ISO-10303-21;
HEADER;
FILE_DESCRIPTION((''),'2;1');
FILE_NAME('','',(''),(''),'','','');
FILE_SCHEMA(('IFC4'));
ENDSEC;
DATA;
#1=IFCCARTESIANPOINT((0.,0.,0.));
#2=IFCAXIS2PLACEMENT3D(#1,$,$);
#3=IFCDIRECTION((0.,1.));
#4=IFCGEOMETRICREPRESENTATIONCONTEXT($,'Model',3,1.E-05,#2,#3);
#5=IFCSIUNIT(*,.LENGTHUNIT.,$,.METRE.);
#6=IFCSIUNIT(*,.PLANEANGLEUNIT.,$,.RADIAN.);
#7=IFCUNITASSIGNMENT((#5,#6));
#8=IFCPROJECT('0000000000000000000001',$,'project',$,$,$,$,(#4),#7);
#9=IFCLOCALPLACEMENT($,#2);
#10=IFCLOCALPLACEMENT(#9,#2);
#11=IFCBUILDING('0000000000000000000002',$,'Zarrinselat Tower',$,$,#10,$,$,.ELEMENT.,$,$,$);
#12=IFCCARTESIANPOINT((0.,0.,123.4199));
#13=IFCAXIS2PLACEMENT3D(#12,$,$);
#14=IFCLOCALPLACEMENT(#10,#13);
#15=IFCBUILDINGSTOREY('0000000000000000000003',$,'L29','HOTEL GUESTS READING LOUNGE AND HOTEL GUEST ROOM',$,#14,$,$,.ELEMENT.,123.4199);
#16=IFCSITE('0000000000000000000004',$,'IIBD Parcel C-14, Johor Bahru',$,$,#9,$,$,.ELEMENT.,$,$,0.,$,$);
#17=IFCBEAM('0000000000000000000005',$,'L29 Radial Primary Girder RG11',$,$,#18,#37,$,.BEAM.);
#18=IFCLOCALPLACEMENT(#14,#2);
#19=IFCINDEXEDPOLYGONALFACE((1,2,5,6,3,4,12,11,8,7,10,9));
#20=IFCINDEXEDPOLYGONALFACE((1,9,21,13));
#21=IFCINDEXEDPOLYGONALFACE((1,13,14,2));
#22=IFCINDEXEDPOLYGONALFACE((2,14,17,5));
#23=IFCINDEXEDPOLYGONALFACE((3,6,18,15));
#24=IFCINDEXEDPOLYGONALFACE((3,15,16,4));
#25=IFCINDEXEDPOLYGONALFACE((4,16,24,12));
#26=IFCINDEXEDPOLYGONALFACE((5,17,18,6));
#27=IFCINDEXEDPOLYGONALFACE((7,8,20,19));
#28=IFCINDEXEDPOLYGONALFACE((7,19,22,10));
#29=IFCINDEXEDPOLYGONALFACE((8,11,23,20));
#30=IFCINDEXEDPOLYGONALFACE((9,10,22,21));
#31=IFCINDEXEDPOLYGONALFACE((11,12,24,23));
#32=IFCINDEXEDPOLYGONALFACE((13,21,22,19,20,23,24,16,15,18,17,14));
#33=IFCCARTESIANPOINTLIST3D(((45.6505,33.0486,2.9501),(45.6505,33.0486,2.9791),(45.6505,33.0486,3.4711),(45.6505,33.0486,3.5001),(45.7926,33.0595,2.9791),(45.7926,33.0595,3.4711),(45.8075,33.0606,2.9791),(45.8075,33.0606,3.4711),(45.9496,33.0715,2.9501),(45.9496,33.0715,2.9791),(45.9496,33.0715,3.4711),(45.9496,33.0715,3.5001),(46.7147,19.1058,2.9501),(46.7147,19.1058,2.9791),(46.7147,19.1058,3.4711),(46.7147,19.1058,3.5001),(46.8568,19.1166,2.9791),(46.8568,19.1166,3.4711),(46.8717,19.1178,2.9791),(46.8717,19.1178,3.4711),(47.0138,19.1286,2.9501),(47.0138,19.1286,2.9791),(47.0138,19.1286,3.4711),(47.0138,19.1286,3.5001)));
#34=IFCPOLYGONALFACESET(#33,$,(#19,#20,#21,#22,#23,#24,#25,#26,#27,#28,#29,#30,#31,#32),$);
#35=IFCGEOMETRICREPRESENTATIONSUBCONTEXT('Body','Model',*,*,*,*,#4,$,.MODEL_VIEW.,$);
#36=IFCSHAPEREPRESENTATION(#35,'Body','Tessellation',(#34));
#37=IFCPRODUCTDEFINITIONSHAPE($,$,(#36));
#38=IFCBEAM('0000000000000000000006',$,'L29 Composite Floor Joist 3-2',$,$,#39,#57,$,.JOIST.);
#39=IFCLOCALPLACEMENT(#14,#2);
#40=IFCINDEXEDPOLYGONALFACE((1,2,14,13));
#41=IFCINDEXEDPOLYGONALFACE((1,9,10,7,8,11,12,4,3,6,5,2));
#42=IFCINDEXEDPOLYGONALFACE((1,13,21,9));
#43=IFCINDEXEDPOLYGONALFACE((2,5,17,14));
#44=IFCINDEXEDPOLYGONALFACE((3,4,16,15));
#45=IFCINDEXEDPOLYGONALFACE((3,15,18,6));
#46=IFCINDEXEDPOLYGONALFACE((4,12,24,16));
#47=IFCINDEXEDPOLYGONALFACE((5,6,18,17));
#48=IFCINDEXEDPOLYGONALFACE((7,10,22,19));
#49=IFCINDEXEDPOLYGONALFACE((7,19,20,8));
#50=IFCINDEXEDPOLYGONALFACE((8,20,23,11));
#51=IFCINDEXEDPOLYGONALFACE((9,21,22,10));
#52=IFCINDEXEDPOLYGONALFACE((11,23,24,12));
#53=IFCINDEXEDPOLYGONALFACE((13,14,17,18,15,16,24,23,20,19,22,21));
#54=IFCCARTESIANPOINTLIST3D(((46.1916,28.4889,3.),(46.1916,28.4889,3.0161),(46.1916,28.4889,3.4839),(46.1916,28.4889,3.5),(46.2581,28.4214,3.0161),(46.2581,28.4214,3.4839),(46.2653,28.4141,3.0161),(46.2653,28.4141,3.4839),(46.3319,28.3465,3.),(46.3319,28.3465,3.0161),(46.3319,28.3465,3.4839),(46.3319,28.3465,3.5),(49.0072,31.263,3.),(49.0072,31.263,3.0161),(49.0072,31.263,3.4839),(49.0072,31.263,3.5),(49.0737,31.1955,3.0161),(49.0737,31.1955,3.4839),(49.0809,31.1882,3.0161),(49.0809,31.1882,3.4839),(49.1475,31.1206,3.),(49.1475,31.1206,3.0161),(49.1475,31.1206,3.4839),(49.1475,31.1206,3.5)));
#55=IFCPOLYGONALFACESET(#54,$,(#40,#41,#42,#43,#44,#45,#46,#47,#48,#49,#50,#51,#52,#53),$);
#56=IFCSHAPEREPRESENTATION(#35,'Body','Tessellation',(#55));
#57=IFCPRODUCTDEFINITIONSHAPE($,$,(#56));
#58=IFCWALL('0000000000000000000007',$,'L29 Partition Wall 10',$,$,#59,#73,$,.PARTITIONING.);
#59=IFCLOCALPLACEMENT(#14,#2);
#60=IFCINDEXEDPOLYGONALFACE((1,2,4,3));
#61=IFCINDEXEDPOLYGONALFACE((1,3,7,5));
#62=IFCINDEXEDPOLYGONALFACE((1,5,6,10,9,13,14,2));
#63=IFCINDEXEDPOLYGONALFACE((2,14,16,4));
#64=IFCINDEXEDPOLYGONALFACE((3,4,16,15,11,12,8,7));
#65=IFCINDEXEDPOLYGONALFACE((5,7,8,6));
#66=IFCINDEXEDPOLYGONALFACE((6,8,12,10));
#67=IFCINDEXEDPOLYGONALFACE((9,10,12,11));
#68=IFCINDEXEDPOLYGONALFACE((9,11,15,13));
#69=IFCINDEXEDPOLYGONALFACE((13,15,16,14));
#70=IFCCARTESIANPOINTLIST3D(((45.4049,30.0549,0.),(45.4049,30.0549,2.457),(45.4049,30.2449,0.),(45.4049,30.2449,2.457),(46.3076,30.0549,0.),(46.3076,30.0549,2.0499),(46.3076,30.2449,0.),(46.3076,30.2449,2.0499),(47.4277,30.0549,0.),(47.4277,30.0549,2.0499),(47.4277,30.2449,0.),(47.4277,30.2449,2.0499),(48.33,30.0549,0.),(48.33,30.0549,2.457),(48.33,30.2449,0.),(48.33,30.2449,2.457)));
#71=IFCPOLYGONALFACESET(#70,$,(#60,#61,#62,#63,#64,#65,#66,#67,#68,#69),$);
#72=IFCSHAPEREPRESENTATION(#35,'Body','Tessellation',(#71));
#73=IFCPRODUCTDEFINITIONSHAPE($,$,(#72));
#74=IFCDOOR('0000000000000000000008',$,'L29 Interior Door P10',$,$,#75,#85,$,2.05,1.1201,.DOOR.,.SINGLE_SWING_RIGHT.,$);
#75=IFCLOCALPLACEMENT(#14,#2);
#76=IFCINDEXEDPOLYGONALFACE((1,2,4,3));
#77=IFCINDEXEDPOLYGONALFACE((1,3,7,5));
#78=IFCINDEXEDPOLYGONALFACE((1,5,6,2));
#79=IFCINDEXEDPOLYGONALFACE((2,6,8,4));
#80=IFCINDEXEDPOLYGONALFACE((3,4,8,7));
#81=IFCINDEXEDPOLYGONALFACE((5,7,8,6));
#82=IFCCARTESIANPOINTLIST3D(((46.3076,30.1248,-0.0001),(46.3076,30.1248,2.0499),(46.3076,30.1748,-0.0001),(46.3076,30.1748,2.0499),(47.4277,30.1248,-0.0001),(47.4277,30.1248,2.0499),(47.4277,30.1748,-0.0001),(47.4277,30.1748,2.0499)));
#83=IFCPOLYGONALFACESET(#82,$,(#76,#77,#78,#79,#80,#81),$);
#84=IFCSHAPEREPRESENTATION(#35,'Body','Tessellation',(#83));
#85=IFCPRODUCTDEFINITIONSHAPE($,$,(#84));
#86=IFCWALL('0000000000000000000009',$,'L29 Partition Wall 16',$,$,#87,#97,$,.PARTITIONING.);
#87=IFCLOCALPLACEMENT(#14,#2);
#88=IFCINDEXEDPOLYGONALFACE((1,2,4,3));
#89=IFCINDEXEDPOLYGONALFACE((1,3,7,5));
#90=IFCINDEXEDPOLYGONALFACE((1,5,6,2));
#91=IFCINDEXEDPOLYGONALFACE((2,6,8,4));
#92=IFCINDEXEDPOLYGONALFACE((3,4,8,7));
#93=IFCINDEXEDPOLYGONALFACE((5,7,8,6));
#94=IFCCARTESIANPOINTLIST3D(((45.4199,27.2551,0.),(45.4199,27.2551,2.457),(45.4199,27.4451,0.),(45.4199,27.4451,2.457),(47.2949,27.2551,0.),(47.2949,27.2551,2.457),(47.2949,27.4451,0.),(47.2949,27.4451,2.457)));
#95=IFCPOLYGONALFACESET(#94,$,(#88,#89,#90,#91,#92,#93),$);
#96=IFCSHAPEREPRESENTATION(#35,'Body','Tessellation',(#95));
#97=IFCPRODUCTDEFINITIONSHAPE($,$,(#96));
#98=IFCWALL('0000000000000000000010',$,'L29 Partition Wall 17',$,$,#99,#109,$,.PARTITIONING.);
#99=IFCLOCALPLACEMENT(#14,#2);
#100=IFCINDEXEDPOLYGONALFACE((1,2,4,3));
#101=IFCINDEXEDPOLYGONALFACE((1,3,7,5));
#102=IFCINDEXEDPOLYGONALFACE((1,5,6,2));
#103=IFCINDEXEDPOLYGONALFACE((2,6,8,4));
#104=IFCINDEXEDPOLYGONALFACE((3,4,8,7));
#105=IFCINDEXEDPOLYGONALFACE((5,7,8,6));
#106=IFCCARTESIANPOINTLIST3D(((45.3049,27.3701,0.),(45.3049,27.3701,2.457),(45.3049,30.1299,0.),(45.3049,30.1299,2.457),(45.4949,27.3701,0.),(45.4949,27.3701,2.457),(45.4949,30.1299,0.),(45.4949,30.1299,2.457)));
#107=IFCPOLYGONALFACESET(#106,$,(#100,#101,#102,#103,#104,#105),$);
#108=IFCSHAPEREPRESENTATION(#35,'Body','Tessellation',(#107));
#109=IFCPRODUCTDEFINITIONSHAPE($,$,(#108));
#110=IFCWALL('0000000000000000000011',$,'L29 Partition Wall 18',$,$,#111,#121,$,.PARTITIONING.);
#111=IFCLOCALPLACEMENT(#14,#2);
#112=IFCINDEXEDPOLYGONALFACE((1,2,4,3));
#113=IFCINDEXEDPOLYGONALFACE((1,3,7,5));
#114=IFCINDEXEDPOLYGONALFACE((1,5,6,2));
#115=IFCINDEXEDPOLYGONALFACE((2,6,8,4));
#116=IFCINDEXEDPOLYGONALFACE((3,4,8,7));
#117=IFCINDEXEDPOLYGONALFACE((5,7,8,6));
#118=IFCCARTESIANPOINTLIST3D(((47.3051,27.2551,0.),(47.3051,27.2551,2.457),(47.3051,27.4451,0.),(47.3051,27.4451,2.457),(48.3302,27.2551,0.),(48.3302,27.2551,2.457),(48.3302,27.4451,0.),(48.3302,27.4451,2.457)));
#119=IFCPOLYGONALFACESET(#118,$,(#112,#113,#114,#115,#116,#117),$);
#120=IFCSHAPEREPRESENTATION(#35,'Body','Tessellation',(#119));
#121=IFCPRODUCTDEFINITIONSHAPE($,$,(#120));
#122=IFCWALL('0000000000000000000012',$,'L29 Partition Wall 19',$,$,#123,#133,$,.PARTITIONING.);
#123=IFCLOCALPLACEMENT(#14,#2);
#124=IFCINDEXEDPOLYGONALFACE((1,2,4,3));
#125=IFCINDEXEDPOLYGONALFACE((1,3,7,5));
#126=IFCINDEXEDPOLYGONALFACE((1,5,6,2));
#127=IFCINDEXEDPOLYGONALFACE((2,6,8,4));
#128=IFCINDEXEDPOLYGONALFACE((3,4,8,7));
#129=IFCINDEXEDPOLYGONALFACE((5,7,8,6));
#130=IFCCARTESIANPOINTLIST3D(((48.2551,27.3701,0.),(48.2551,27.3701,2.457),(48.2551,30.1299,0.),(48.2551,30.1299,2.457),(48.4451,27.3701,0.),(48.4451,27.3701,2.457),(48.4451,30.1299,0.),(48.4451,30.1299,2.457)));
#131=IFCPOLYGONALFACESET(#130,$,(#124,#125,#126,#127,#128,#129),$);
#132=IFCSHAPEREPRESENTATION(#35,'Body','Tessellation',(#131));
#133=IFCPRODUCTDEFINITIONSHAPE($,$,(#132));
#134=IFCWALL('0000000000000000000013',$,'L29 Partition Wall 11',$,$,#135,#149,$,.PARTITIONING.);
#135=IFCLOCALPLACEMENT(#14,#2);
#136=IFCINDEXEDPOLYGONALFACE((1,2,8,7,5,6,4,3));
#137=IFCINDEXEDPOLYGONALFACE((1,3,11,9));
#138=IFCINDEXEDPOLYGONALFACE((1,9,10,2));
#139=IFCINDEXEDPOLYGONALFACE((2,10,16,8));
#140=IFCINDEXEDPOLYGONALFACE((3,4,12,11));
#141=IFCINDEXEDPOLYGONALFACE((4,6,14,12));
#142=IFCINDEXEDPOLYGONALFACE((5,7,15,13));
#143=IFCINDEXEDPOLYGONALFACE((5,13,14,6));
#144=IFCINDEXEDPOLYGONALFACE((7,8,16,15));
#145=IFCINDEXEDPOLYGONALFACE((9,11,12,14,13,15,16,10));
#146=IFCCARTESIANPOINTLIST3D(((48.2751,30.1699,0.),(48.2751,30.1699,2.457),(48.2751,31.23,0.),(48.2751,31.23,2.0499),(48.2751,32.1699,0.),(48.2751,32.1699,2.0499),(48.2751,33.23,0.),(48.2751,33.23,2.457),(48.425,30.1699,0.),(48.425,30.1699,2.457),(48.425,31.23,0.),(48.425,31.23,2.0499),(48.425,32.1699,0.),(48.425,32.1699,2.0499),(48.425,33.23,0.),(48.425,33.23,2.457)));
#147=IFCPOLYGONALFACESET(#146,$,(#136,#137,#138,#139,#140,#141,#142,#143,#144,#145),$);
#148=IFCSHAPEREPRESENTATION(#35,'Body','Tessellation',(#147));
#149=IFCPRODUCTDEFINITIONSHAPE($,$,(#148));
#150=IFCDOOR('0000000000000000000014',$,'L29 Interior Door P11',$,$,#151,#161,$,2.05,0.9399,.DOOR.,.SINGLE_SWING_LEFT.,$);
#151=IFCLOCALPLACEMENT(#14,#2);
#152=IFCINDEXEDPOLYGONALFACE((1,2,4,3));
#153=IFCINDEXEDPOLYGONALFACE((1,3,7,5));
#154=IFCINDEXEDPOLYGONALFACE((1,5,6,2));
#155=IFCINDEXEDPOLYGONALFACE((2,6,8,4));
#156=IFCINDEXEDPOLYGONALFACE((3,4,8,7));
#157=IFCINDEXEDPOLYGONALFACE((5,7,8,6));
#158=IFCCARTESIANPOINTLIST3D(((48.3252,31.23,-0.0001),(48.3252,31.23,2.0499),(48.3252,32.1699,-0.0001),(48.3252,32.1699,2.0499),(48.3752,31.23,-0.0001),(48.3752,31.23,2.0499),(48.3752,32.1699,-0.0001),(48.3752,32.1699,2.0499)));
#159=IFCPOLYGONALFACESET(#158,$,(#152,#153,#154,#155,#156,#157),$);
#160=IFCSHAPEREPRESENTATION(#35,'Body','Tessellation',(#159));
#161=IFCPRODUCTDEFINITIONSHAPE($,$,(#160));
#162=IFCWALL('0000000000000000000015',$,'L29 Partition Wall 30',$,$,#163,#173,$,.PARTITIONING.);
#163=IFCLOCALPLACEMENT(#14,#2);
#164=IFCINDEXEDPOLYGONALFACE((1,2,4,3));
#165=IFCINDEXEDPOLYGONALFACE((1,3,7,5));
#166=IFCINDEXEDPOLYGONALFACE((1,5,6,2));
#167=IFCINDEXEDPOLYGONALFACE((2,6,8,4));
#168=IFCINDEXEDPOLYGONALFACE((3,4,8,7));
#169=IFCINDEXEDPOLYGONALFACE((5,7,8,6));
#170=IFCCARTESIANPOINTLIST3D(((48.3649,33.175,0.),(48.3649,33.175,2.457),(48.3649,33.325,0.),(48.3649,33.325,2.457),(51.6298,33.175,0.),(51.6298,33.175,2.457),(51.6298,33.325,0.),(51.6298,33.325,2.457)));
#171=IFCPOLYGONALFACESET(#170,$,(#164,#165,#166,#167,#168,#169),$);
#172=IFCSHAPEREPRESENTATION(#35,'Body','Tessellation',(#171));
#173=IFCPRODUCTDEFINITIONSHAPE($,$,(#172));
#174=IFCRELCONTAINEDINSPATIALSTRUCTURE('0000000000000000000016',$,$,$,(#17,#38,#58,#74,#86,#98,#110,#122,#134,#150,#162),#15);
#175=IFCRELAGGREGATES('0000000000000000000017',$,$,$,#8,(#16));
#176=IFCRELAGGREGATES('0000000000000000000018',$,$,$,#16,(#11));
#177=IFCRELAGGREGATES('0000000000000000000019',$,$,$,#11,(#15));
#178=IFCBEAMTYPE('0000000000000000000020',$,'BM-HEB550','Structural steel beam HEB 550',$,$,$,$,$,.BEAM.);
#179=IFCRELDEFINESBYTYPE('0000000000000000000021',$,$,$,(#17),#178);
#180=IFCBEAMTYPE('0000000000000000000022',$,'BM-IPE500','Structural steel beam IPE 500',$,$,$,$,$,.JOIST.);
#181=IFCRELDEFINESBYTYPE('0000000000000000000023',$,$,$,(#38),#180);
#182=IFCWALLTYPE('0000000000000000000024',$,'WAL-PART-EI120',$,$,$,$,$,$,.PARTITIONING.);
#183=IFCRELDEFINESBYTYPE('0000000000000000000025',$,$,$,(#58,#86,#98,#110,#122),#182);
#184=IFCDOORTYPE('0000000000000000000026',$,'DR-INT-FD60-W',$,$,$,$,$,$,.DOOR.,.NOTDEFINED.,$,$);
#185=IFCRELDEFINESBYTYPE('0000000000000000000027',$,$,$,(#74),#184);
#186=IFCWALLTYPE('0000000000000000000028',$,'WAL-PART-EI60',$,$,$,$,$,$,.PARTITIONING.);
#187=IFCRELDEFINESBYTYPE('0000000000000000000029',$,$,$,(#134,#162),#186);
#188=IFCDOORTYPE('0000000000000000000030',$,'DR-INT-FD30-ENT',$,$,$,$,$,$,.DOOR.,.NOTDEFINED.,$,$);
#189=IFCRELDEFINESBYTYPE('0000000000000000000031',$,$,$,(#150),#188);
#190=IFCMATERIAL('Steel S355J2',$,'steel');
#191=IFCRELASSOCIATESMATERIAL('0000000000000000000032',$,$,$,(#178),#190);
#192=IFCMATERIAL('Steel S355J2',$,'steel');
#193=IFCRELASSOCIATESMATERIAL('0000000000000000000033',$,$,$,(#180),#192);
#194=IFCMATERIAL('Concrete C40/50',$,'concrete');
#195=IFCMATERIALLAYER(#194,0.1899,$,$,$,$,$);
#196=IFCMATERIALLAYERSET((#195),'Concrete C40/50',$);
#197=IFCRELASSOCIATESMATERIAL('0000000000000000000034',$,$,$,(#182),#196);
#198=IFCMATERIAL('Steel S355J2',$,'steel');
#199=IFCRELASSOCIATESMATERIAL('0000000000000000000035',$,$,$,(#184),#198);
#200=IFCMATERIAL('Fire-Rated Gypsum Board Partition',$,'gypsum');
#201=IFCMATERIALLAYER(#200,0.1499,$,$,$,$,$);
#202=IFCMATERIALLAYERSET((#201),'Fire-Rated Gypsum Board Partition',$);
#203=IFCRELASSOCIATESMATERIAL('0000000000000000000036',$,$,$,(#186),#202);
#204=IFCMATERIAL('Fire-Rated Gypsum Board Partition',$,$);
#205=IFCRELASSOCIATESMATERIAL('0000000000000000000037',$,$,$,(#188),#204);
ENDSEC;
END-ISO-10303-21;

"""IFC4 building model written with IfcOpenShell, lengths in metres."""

from ifc_helpers import new_model, si_unit, direction, frame, frame_2d, origin, origin_2d, place, context, subcontext, project, spatial, rectangle, i_section, extrude, material, layer, layer_set, material_profile, profile_set, type_object, element, fill, save


model = new_model("IFC4")

# Units and contexts
model_context = context("Model", 3, precision=1e-05, world=origin(), true_north=direction((0.0, 1.0)))
body_context = subcontext(model_context, "Body", "Model", "MODEL_VIEW")
ifc_project = project(units=[si_unit("LENGTHUNIT", "METRE"), si_unit("PLANEANGLEUNIT", "RADIAN")], contexts=[model_context])

# Site, building, storey
site_placement = place(None, origin())
site = spatial("IfcSite", under=ifc_project, at=site_placement, Name="IIBD Parcel C-14, Johor Bahru", CompositionType="ELEMENT", RefElevation=0.0)
building_placement = place(site_placement, origin())
building = spatial("IfcBuilding", under=site, at=building_placement, Name="Zarrinselat Tower", CompositionType="ELEMENT")
storey_placement = place(building_placement, frame((0.0, 0.0, 123.4199)))
storey = spatial("IfcBuildingStorey", under=building, at=storey_placement, Name="L29", Description="HOTEL GUESTS READING LOUNGE AND HOTEL GUEST ROOM", CompositionType="ELEMENT", Elevation=123.4199)

# Beams
ifc_material_1 = material(Name="Steel S355J2", Category="steel")
ifc_material_profile_1 = material_profile(ifc_material_1, i_section(OverallWidth=0.3, OverallDepth=0.55, WebThickness=0.0149, FlangeThickness=0.0291, at=origin_2d()), Name="HEB 550")
ifc_profile_set_1 = profile_set([ifc_material_profile_1], Name="Steel S355J2")
beam_type_1 = type_object("IfcBeamType", Name="BM-HEB550", Description="Structural steel beam HEB 550", PredefinedType="BEAM", material=ifc_profile_set_1)
beam_1_placement = place(storey_placement, frame((45.8, 33.0601, 3.2251), z_axis=(0.076105, -0.9971, 0.0), x_axis=(0.9971, 0.076105, 0.0)))
element("IfcBeam", 1, at=beam_1_placement, inside=storey, type_object=beam_type_1, Name="L29 Radial Primary Girder RG11", PredefinedType="BEAM", context=body_context, shape_type="SweptSolid", body=[
    extrude(i_section(OverallWidth=0.3, OverallDepth=0.55, WebThickness=0.0149, FlangeThickness=0.0291, at=origin_2d()), origin(), (0.0, 0.0, 1.0), 13.9834),
])
ifc_material_2 = material(Name="Steel S355J2", Category="steel")
ifc_material_profile_2 = material_profile(ifc_material_2, i_section(OverallWidth=0.2, OverallDepth=0.5, WebThickness=0.0103, FlangeThickness=0.0161, at=origin_2d()), Name="IPE 500")
ifc_profile_set_2 = profile_set([ifc_material_profile_2], Name="Steel S355J2")
beam_type_2 = type_object("IfcBeamType", Name="BM-IPE500", Description="Structural steel beam IPE 500", PredefinedType="JOIST", material=ifc_profile_set_2)
beam_2_placement = place(storey_placement, frame((46.2617, 28.4177, 3.25), z_axis=(0.712337, 0.701837, 0.0), x_axis=(-0.701837, 0.712337, 0.0)))
element("IfcBeam", 2, at=beam_2_placement, inside=storey, type_object=beam_type_2, Name="L29 Composite Floor Joist 3-2", PredefinedType="JOIST", context=body_context, shape_type="SweptSolid", body=[
    extrude(i_section(OverallWidth=0.2, OverallDepth=0.5, WebThickness=0.0103, FlangeThickness=0.0161, at=origin_2d()), origin(), (0.0, 0.0, 1.0), 3.9526),
])

# Wall, opening, door
ifc_material_3 = material(Name="Concrete C40/50", Category="concrete")
ifc_layer_1 = layer(ifc_material_3, 0.1899)
ifc_layer_set_1 = layer_set([ifc_layer_1], Name="Concrete C40/50")
wall_type_1 = type_object("IfcWallType", Name="WAL-PART-EI120", PredefinedType="PARTITIONING", material=ifc_layer_set_1)
wall_1_placement = place(storey_placement, frame((45.405, 30.1499, 0.0), z_axis=(0.0, 0.0, 1.0), x_axis=(1.0, 0.0, 0.0)))
wall_1 = element("IfcWall", 3, at=wall_1_placement, inside=storey, type_object=wall_type_1, Name="L29 Partition Wall 10", PredefinedType="PARTITIONING", context=body_context, shape_type="SweptSolid", body=[
    extrude(rectangle(XDim=2.925, YDim=0.1899, at=frame_2d((1.4624, 0.0))), origin(), (0.0, 0.0, 1.0), 2.457),
])
opening_1_placement = place(wall_1_placement, frame((0.9026, 0.0, 0.0)))
opening_1 = element("IfcOpeningElement", 4, at=opening_1_placement, cuts=wall_1, PredefinedType="OPENING", context=body_context, shape_type="SweptSolid", body=[
    extrude(rectangle(XDim=1.1201, YDim=2.05, at=frame_2d((0.5601, 1.0249))), frame((0.0, 0.105, 0.0), z_axis=(0.0, -1.0, 0.0), x_axis=(1.0, 0.0, 0.0)), (0.0, 0.0, 1.0), 0.21),
])
ifc_material_4 = material(Name="Steel S355J2", Category="steel")
door_type_1 = type_object("IfcDoorType", Name="DR-INT-FD60-W", OperationType="NOTDEFINED", PredefinedType="DOOR", material=ifc_material_4)
door_1_placement = place(opening_1_placement, origin())
door_1 = element("IfcDoor", 5, at=door_1_placement, inside=storey, type_object=door_type_1, Name="L29 Interior Door P10", OperationType="SINGLE_SWING_RIGHT", OverallHeight=2.05, OverallWidth=1.1201, PredefinedType="DOOR", context=body_context, shape_type="SweptSolid", body=[
    extrude(rectangle(XDim=1.1201, YDim=2.05, at=frame_2d((0.5601, 1.0249))), frame((0.0, 0.0249, 0.0), z_axis=(0.0, -1.0, 0.0), x_axis=(1.0, 0.0, 0.0)), (0.0, 0.0, 1.0), 0.05),
])
fill(opening_1, door_1)

# Walls
wall_2_placement = place(storey_placement, frame((45.4199, 27.3501, 0.0), z_axis=(0.0, 0.0, 1.0), x_axis=(1.0, 0.0, 0.0)))
element("IfcWall", 6, at=wall_2_placement, inside=storey, type_object=wall_type_1, Name="L29 Partition Wall 16", PredefinedType="PARTITIONING", context=body_context, shape_type="SweptSolid", body=[
    extrude(rectangle(XDim=1.875, YDim=0.1899, at=frame_2d((0.9375, 0.0))), origin(), (0.0, 0.0, 1.0), 2.457),
])
wall_3_placement = place(storey_placement, frame((45.3999, 27.3701, 0.0), z_axis=(0.0, 0.0, 1.0), x_axis=(0.0, 1.0, 0.0)))
element("IfcWall", 7, at=wall_3_placement, inside=storey, type_object=wall_type_1, Name="L29 Partition Wall 17", PredefinedType="PARTITIONING", context=body_context, shape_type="SweptSolid", body=[
    extrude(rectangle(XDim=2.7598, YDim=0.1899, at=frame_2d((1.3799, 0.0))), origin(), (0.0, 0.0, 1.0), 2.457),
])
wall_4_placement = place(storey_placement, frame((47.3049, 27.3501, 0.0), z_axis=(0.0, 0.0, 1.0), x_axis=(1.0, 0.0, 0.0)))
element("IfcWall", 8, at=wall_4_placement, inside=storey, type_object=wall_type_1, Name="L29 Partition Wall 18", PredefinedType="PARTITIONING", context=body_context, shape_type="SweptSolid", body=[
    extrude(rectangle(XDim=1.0251, YDim=0.1899, at=frame_2d((0.5127, 0.0))), origin(), (0.0, 0.0, 1.0), 2.457),
])
wall_5_placement = place(storey_placement, frame((48.3501, 27.3701, 0.0), z_axis=(0.0, 0.0, 1.0), x_axis=(0.0, 1.0, 0.0)))
element("IfcWall", 9, at=wall_5_placement, inside=storey, type_object=wall_type_1, Name="L29 Partition Wall 19", PredefinedType="PARTITIONING", context=body_context, shape_type="SweptSolid", body=[
    extrude(rectangle(XDim=2.7598, YDim=0.1899, at=frame_2d((1.3799, 0.0))), origin(), (0.0, 0.0, 1.0), 2.457),
])

# Wall, opening, door
ifc_material_5 = material(Name="Fire-Rated Gypsum Board Partition", Category="gypsum")
ifc_layer_2 = layer(ifc_material_5, 0.1499)
ifc_layer_set_2 = layer_set([ifc_layer_2], Name="Fire-Rated Gypsum Board Partition")
wall_type_2 = type_object("IfcWallType", Name="WAL-PART-EI60", PredefinedType="PARTITIONING", material=ifc_layer_set_2)
wall_6_placement = place(storey_placement, frame((48.3501, 30.1699, 0.0), z_axis=(0.0, 0.0, 1.0), x_axis=(0.0, 1.0, 0.0)))
wall_6 = element("IfcWall", 10, at=wall_6_placement, inside=storey, type_object=wall_type_2, Name="L29 Partition Wall 11", PredefinedType="PARTITIONING", context=body_context, shape_type="SweptSolid", body=[
    extrude(rectangle(XDim=3.0601, YDim=0.1499, at=frame_2d((1.53, 0.0))), origin(), (0.0, 0.0, 1.0), 2.457),
])
opening_2_placement = place(wall_6_placement, frame((1.0601, 0.0, 0.0)))
opening_2 = element("IfcOpeningElement", 11, at=opening_2_placement, cuts=wall_6, PredefinedType="OPENING", context=body_context, shape_type="SweptSolid", body=[
    extrude(rectangle(XDim=0.9399, YDim=2.05, at=frame_2d((0.47, 1.0249))), frame((0.0, 0.085, 0.0), z_axis=(0.0, -1.0, 0.0), x_axis=(1.0, 0.0, 0.0)), (0.0, 0.0, 1.0), 0.1699),
])
ifc_material_6 = material(Name="Fire-Rated Gypsum Board Partition")
door_type_2 = type_object("IfcDoorType", Name="DR-INT-FD30-ENT", OperationType="NOTDEFINED", PredefinedType="DOOR", material=ifc_material_6)
door_2_placement = place(opening_2_placement, origin())
door_2 = element("IfcDoor", 12, at=door_2_placement, inside=storey, type_object=door_type_2, Name="L29 Interior Door P11", OperationType="SINGLE_SWING_LEFT", OverallHeight=2.05, OverallWidth=0.9399, PredefinedType="DOOR", context=body_context, shape_type="SweptSolid", body=[
    extrude(rectangle(XDim=0.9399, YDim=2.05, at=frame_2d((0.47, 1.0249))), frame((0.0, 0.0249, 0.0), z_axis=(0.0, -1.0, 0.0), x_axis=(1.0, 0.0, 0.0)), (0.0, 0.0, 1.0), 0.05),
])
fill(opening_2, door_2)

# Wall
wall_7_placement = place(storey_placement, frame((48.365, 33.25, 0.0), z_axis=(0.0, 0.0, 1.0), x_axis=(1.0, 0.0, 0.0)))
element("IfcWall", 13, at=wall_7_placement, inside=storey, type_object=wall_type_2, Name="L29 Partition Wall 30", PredefinedType="PARTITIONING", context=body_context, shape_type="SweptSolid", body=[
    extrude(rectangle(XDim=3.2649, YDim=0.1499, at=frame_2d((1.6323, 0.0))), origin(), (0.0, 0.0, 1.0), 2.457),
])

save(model, "model.ifc")
